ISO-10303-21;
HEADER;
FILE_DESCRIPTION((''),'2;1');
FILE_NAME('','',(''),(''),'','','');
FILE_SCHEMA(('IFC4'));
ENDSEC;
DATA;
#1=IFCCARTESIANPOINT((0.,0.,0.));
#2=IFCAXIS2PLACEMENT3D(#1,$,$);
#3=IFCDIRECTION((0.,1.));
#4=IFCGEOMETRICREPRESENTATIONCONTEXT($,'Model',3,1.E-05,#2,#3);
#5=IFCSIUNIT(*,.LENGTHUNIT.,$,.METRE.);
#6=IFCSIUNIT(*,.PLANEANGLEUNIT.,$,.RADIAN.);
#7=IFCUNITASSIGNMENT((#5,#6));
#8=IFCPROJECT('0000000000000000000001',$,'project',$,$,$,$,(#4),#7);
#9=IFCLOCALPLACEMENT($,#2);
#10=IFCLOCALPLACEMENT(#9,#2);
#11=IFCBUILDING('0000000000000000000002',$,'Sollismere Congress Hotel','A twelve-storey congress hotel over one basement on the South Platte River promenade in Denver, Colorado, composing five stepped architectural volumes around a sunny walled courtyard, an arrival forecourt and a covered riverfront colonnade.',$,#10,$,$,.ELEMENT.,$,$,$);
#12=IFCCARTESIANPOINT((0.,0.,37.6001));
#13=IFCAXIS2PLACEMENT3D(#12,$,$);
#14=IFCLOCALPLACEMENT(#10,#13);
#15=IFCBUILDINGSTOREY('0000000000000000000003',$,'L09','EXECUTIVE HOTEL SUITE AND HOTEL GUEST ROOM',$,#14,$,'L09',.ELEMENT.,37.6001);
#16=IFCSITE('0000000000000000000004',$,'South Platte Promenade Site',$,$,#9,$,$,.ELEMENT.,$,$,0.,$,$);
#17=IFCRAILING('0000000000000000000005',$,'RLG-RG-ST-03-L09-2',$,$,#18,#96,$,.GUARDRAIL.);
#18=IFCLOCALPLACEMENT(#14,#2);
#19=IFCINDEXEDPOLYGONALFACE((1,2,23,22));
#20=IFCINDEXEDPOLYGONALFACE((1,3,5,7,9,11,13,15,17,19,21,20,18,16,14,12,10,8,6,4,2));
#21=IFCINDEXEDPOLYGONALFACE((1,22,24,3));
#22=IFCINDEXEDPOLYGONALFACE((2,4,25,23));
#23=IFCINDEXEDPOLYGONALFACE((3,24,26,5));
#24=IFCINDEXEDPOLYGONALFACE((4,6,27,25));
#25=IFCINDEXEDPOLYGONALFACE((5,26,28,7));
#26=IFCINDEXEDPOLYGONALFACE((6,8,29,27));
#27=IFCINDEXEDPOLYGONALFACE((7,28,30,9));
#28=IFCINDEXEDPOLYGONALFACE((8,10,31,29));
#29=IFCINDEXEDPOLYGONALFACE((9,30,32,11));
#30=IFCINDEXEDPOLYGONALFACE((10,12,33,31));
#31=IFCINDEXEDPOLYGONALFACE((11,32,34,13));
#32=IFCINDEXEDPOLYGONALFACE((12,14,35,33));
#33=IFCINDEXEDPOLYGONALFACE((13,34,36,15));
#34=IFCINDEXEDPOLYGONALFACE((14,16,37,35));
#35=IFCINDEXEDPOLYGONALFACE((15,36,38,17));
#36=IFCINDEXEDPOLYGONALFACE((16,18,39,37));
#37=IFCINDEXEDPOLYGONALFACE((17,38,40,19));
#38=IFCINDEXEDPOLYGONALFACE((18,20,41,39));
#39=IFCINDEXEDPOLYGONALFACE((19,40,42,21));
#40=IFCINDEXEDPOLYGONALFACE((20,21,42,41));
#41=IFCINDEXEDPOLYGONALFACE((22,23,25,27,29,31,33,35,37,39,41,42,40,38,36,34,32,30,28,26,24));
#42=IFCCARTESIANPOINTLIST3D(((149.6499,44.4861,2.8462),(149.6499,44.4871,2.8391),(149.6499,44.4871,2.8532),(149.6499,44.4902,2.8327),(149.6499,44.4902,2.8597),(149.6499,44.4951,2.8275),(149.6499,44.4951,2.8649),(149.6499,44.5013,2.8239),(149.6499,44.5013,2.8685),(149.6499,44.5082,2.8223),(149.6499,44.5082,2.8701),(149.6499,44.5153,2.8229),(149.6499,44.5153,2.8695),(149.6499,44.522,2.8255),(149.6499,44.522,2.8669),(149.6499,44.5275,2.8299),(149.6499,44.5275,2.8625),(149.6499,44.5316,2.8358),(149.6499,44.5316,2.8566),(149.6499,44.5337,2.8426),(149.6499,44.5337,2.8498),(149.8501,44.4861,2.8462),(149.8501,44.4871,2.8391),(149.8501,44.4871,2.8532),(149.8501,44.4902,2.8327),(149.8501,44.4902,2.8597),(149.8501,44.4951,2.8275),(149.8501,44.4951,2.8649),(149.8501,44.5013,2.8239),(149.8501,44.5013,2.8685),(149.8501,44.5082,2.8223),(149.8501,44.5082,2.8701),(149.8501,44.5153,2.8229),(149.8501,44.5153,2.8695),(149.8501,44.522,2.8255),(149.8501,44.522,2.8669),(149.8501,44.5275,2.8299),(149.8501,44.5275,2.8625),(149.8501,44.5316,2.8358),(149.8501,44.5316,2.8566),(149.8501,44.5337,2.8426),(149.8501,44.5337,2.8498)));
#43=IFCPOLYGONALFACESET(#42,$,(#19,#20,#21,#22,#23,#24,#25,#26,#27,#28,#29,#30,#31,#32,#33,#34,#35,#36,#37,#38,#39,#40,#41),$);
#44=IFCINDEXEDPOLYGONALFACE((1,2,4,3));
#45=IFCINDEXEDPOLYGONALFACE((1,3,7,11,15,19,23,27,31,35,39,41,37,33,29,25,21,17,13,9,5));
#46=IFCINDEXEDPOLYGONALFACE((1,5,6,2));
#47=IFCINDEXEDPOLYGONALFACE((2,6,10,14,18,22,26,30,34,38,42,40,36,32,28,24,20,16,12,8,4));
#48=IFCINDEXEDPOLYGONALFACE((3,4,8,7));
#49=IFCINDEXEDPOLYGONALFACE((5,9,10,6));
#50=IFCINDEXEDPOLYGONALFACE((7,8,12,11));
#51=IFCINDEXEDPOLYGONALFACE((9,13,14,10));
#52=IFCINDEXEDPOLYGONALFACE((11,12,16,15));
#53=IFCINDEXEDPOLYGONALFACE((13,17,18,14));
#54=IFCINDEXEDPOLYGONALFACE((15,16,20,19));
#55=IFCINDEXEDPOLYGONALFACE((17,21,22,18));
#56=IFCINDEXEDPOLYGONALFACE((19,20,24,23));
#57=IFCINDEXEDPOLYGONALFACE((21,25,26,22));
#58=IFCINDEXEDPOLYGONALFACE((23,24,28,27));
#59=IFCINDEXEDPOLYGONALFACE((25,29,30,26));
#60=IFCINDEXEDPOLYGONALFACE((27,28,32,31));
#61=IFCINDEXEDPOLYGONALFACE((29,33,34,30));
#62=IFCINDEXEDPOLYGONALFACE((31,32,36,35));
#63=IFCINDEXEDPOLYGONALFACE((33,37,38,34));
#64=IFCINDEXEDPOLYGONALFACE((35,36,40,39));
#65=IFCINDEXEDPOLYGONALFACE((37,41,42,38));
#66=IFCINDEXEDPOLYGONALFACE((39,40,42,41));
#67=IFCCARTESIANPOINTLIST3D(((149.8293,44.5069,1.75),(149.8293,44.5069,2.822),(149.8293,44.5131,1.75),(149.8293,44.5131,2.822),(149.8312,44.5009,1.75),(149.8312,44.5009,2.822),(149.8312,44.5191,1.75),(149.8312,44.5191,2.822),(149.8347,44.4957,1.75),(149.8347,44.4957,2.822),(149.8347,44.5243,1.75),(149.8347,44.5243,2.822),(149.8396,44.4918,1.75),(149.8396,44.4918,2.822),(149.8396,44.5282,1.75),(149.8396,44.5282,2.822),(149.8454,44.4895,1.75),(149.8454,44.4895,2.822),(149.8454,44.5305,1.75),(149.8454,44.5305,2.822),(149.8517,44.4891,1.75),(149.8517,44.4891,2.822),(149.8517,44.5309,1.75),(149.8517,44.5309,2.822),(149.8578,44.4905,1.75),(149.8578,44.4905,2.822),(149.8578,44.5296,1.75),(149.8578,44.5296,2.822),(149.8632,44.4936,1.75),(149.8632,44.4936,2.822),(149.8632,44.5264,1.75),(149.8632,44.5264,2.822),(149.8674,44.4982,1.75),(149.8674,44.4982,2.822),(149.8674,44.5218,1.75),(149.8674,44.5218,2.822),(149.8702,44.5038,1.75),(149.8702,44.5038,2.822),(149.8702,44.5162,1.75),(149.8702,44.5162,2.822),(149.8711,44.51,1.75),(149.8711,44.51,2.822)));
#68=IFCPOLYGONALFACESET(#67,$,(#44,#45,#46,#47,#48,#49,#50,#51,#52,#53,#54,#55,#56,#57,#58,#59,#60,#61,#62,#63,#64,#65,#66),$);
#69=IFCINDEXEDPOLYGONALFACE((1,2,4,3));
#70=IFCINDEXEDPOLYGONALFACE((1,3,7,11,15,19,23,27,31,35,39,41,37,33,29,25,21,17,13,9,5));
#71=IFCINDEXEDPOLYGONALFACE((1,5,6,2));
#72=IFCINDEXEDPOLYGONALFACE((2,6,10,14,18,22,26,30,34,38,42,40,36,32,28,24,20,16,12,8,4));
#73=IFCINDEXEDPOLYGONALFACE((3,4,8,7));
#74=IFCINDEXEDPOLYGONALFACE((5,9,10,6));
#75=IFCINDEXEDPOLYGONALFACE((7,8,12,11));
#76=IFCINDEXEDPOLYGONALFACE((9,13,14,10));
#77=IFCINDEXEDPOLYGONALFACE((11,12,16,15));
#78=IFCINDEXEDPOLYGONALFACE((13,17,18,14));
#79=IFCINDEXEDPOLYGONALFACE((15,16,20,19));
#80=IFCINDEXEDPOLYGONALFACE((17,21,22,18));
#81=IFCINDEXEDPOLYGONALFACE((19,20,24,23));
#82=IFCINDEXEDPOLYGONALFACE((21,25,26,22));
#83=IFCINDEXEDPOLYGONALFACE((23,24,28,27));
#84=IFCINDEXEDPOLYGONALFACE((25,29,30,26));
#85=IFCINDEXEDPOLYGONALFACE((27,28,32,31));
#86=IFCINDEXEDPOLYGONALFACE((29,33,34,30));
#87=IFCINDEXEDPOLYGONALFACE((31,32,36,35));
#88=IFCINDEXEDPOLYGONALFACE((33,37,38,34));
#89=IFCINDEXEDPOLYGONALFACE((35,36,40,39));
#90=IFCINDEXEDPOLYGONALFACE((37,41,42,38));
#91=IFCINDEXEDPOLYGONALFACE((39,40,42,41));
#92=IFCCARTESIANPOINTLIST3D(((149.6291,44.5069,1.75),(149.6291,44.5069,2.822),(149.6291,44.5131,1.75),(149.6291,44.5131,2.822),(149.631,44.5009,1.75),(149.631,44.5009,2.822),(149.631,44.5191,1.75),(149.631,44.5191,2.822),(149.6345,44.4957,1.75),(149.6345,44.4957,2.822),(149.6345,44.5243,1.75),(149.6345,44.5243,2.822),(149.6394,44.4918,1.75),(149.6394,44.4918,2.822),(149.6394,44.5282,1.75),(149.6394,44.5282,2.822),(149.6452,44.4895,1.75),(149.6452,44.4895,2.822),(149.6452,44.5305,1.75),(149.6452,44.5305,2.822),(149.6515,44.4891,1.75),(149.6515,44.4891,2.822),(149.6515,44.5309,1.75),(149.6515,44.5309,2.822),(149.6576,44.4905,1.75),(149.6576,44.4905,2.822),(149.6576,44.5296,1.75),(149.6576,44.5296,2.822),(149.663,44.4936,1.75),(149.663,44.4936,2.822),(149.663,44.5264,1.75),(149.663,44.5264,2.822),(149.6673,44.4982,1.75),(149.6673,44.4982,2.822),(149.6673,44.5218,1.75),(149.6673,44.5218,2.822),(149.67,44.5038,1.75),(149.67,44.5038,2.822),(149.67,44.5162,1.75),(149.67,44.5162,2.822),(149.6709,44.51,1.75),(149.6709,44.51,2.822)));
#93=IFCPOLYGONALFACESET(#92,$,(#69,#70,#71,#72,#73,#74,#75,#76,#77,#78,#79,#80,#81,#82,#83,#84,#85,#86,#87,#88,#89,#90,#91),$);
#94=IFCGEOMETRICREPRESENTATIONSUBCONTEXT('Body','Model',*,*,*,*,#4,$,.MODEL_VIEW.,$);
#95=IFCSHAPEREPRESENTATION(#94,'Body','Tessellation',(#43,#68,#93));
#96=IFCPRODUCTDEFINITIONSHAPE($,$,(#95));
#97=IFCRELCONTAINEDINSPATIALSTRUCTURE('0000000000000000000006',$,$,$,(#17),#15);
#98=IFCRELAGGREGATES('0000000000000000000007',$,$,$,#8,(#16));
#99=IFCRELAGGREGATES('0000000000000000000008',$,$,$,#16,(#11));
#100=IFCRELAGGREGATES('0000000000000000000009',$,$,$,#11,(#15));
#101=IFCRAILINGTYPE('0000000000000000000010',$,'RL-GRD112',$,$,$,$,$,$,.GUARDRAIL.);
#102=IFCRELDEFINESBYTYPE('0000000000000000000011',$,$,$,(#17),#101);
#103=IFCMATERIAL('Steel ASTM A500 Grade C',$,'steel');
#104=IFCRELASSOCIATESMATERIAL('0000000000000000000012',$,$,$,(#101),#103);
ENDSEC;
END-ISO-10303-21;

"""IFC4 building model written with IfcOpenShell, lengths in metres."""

from ifc_helpers import new_model, si_unit, direction, frame, origin, origin_2d, place, context, subcontext, project, spatial, circle, extrude, material, type_object, element, save


model = new_model("IFC4")

# Units and contexts
model_context = context("Model", 3, precision=1e-05, world=origin(), true_north=direction((0.0, 1.0)))
body_context = subcontext(model_context, "Body", "Model", "MODEL_VIEW")
ifc_project = project(units=[si_unit("LENGTHUNIT", "METRE"), si_unit("PLANEANGLEUNIT", "RADIAN")], contexts=[model_context])

# Site, building, storey
site_placement = place(None, origin())
site = spatial("IfcSite", under=ifc_project, at=site_placement, Name="South Platte Promenade Site", CompositionType="ELEMENT", RefElevation=0.0)
building_placement = place(site_placement, origin())
building = spatial("IfcBuilding", under=site, at=building_placement, Name="Sollismere Congress Hotel", Description="A twelve-storey congress hotel over one basement on the South Platte River promenade in Denver, Colorado, composing five stepped architectural volumes around a sunny walled courtyard, an arrival forecourt and a covered riverfront colonnade.", CompositionType="ELEMENT")
storey_placement = place(building_placement, frame((0.0, 0.0, 37.6001)))
storey = spatial("IfcBuildingStorey", under=building, at=storey_placement, Name="L09", Description="EXECUTIVE HOTEL SUITE AND HOTEL GUEST ROOM", LongName="L09", CompositionType="ELEMENT", Elevation=37.6001)

# Railing
ifc_material_1 = material(Name="Steel ASTM A500 Grade C", Category="steel")
railing_type_1 = type_object("IfcRailingType", Name="RL-GRD112", PredefinedType="GUARDRAIL", material=ifc_material_1)
railing_1_placement = place(storey_placement, frame((149.8501, 44.51, 1.75)))
element("IfcRailing", 1, at=railing_1_placement, inside=storey, type_object=railing_type_1, Name="RLG-RG-ST-03-L09-2", PredefinedType="GUARDRAIL", context=body_context, shape_type="SweptSolid", body=[
    extrude(circle(Radius=0.0239, at=origin_2d()), frame((0.0, 0.0, 1.0962), z_axis=(-1.0, 0.0, 0.0), x_axis=(0.0, -1.0, 0.0)), (0.0, 0.0, 1.0), 0.2002),
    extrude(circle(Radius=0.021, at=origin_2d()), origin(), (0.0, 0.0, 1.0), 1.072),
    extrude(circle(Radius=0.021, at=origin_2d()), frame((-0.2002, 0.0, 0.0)), (0.0, 0.0, 1.0), 1.072),
])

save(model, "model.ifc")
